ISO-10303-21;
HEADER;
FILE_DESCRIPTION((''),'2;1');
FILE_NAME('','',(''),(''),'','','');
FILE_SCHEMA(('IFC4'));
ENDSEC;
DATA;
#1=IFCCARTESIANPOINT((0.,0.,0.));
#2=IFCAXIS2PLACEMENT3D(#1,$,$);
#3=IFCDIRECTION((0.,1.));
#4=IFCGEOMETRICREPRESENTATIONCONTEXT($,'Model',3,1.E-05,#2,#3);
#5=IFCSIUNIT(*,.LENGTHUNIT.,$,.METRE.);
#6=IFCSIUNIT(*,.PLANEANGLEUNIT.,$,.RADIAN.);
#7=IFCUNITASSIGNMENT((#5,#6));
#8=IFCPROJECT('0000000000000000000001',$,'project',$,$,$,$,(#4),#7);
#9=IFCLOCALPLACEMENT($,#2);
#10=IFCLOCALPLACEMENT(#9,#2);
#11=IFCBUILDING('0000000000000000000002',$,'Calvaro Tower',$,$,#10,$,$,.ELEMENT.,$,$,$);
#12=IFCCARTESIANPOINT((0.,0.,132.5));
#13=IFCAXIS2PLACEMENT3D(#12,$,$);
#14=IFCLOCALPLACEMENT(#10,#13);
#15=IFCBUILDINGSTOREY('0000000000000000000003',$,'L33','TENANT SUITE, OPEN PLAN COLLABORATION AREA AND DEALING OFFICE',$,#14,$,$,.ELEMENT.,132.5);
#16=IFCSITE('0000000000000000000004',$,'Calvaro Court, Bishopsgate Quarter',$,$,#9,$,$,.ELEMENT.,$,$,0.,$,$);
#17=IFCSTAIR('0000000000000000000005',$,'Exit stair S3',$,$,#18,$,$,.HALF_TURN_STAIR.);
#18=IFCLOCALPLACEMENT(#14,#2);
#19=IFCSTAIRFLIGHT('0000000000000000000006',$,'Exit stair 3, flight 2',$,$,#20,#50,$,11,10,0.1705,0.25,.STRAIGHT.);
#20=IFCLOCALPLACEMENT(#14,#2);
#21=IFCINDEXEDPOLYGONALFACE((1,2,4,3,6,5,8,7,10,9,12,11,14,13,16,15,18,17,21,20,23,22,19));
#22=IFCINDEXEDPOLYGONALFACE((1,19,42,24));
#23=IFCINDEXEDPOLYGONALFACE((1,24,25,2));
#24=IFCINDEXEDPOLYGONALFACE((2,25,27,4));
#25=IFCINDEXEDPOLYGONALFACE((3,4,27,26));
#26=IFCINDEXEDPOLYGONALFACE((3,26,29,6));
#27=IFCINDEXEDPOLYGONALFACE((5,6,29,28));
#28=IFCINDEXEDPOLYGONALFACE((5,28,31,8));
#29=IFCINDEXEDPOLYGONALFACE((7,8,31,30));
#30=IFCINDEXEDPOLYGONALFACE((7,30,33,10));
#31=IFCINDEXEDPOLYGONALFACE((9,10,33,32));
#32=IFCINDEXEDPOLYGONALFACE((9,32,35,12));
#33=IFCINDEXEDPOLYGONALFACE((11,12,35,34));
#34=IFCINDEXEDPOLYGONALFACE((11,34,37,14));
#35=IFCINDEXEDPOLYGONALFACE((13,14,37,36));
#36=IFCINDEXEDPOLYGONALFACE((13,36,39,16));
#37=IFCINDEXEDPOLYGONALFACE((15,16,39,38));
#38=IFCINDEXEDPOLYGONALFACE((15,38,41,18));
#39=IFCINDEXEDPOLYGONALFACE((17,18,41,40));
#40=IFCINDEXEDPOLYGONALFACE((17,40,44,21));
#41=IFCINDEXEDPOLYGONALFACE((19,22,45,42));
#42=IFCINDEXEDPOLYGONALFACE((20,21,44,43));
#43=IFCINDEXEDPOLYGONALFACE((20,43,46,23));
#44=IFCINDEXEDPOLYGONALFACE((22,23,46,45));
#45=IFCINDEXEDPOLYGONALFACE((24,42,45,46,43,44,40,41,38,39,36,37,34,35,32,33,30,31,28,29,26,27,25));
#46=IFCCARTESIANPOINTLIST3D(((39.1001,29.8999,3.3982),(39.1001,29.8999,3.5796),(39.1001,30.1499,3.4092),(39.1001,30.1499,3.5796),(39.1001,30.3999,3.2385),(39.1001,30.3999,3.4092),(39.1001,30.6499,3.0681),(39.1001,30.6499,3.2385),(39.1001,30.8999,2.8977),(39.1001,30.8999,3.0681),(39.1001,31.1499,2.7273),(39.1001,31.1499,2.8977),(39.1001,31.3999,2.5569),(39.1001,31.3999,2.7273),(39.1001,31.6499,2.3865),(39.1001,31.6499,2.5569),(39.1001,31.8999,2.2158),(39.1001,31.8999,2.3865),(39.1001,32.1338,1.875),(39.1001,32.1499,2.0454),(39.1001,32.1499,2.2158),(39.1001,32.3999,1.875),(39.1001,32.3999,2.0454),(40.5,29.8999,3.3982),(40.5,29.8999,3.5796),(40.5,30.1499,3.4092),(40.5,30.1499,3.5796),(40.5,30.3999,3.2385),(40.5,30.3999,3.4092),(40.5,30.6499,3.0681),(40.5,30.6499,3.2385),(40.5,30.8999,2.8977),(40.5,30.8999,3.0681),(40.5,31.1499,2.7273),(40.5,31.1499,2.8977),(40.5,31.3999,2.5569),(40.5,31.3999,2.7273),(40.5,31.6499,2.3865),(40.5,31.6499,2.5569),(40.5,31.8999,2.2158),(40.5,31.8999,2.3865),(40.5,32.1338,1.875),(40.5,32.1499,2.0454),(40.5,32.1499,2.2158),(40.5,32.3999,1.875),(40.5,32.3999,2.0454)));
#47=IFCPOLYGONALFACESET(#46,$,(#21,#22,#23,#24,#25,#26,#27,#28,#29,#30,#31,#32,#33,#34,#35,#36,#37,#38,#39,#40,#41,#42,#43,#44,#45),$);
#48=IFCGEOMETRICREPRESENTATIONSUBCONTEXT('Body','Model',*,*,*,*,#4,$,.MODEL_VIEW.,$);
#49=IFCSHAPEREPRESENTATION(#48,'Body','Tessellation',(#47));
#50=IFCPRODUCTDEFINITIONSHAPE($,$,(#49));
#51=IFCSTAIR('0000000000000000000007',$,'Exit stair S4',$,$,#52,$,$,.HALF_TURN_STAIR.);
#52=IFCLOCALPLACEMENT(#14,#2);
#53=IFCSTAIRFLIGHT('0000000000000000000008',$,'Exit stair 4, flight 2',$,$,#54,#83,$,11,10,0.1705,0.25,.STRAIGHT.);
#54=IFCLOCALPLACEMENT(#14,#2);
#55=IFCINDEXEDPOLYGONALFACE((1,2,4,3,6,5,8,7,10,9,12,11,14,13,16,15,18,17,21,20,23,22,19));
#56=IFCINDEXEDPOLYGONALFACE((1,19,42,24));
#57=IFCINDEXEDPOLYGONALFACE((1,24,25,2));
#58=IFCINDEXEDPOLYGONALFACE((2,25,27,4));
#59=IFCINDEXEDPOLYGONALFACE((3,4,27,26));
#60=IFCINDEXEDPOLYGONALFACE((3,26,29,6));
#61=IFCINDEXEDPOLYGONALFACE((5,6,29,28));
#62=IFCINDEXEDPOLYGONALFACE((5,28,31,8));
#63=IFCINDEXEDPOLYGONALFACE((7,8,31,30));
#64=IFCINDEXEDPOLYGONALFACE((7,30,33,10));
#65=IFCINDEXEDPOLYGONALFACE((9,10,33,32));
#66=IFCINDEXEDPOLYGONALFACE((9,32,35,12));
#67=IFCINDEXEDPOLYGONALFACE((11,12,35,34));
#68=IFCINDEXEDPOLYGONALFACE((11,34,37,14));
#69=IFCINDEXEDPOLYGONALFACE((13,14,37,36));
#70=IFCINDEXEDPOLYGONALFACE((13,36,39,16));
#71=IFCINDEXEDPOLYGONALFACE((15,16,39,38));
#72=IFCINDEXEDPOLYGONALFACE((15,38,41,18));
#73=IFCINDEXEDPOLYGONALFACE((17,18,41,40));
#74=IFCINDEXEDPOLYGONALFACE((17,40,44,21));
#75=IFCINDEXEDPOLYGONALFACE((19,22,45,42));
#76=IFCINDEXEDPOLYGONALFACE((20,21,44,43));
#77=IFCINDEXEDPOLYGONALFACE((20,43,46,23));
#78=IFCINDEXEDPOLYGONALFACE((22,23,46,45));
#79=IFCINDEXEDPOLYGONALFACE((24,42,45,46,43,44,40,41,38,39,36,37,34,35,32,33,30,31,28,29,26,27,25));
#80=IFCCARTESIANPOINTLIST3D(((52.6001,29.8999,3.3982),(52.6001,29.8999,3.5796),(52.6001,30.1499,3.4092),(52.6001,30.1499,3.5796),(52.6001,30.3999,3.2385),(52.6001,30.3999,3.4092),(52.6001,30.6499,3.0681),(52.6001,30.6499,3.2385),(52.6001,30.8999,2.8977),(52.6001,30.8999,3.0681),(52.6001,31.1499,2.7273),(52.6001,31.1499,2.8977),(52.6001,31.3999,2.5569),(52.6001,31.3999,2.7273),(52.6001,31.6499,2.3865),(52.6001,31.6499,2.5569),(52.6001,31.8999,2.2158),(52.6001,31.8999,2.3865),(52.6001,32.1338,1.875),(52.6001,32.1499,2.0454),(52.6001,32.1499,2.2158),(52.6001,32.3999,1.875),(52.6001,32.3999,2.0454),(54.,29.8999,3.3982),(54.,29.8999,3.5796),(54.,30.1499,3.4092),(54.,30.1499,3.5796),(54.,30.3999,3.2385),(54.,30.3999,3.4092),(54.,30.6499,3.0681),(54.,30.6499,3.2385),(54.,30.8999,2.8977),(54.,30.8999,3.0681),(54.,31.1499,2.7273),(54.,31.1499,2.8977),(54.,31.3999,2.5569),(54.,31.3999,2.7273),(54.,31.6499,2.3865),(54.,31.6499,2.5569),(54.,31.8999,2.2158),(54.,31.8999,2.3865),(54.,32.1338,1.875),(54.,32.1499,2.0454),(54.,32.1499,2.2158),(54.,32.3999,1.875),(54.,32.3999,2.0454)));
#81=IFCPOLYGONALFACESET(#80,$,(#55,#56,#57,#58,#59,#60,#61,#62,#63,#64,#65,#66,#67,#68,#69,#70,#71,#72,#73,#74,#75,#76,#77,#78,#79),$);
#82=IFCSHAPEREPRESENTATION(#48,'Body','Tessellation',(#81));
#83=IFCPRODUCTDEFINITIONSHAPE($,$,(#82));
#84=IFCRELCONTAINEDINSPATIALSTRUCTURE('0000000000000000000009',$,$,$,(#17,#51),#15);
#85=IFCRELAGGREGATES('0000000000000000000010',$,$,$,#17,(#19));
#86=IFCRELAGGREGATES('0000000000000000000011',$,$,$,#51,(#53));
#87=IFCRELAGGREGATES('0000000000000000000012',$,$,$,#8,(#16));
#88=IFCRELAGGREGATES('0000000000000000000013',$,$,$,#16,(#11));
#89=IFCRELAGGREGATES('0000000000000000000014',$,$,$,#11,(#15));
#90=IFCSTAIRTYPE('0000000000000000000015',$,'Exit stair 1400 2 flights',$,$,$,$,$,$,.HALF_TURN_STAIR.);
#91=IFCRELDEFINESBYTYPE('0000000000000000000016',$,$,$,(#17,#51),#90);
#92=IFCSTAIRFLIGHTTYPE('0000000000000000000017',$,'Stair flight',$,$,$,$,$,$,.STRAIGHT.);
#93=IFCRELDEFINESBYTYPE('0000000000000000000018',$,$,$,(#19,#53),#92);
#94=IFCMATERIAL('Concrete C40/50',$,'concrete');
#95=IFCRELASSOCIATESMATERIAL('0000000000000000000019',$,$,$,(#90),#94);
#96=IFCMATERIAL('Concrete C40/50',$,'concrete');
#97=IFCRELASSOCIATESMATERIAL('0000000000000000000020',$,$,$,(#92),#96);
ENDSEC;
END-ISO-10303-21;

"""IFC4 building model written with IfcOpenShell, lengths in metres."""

from ifc_helpers import new_model, si_unit, direction, frame, origin, place, context, subcontext, project, spatial, polyline, outline, extrude, material, type_object, element, aggregate, save


model = new_model("IFC4")

# Units and contexts
model_context = context("Model", 3, precision=1e-05, world=origin(), true_north=direction((0.0, 1.0)))
body_context = subcontext(model_context, "Body", "Model", "MODEL_VIEW")
ifc_project = project(units=[si_unit("LENGTHUNIT", "METRE"), si_unit("PLANEANGLEUNIT", "RADIAN")], contexts=[model_context])

# Site, building, storey
site_placement = place(None, origin())
site = spatial("IfcSite", under=ifc_project, at=site_placement, Name="Calvaro Court, Bishopsgate Quarter", CompositionType="ELEMENT", RefElevation=0.0)
building_placement = place(site_placement, origin())
building = spatial("IfcBuilding", under=site, at=building_placement, Name="Calvaro Tower", CompositionType="ELEMENT")
storey_placement = place(building_placement, frame((0.0, 0.0, 132.5)))
storey = spatial("IfcBuildingStorey", under=building, at=storey_placement, Name="L33", Description="TENANT SUITE, OPEN PLAN COLLABORATION AREA AND DEALING OFFICE", CompositionType="ELEMENT", Elevation=132.5)

# Stairs, stair flights
ifc_material_1 = material(Name="Concrete C40/50", Category="concrete")
stair_type = type_object("IfcStairType", Name="Exit stair 1400 2 flights", PredefinedType="HALF_TURN_STAIR", material=ifc_material_1)
stair_1_placement = place(storey_placement, origin())
stair_1 = element("IfcStair", 1, at=stair_1_placement, inside=storey, type_object=stair_type, Name="Exit stair S3", PredefinedType="HALF_TURN_STAIR")
ifc_material_2 = material(Name="Concrete C40/50", Category="concrete")
stair_flight_type = type_object("IfcStairFlightType", Name="Stair flight", PredefinedType="STRAIGHT", material=ifc_material_2)
stair_flight_1_placement = place(storey_placement, frame((39.8, 32.3999, 1.875), z_axis=(0.0, 0.0, 1.0), x_axis=(0.0, -1.0, 0.0)))
stair_flight_1 = element("IfcStairFlight", 2, at=stair_flight_1_placement, type_object=stair_flight_type, Name="Exit stair 3, flight 2", NumberOfRisers=11, NumberOfTreads=10, PredefinedType="STRAIGHT", RiserHeight=0.1705, TreadLength=0.25, context=body_context, shape_type="SweptSolid", body=[
    extrude(outline(polyline([(0.0, 0.0), (0.0, 0.1704), (0.25, 0.1704), (0.25, 0.3408), (0.5, 0.3408), (0.5, 0.5115), (0.75, 0.5115), (0.75, 0.6819), (1.0, 0.6819), (1.0, 0.8523), (1.25, 0.8523), (1.25, 1.0227), (1.5, 1.0227), (1.5, 1.1931), (1.75, 1.1931), (1.75, 1.3635), (2.0, 1.3635), (2.0, 1.5342), (2.25, 1.5342), (2.25, 1.7046), (2.5, 1.7046), (2.5, 1.875), (2.5, 1.5232), (0.2661, 0.0), (0.0, 0.0)])), frame((0.0, 0.7, 0.0), z_axis=(0.0, -1.0, 0.0), x_axis=(1.0, 0.0, 0.0)), (0.0, 0.0, 1.0), 1.3999),
])
stair_2_placement = place(storey_placement, origin())
stair_2 = element("IfcStair", 3, at=stair_2_placement, inside=storey, type_object=stair_type, Name="Exit stair S4", PredefinedType="HALF_TURN_STAIR")
stair_flight_2_placement = place(storey_placement, frame((53.3, 32.3999, 1.875), z_axis=(0.0, 0.0, 1.0), x_axis=(0.0, -1.0, 0.0)))
stair_flight_2 = element("IfcStairFlight", 4, at=stair_flight_2_placement, type_object=stair_flight_type, Name="Exit stair 4, flight 2", NumberOfRisers=11, NumberOfTreads=10, PredefinedType="STRAIGHT", RiserHeight=0.1705, TreadLength=0.25, context=body_context, shape_type="SweptSolid", body=[
    extrude(outline(polyline([(0.0, 0.0), (0.0, 0.1704), (0.25, 0.1704), (0.25, 0.3408), (0.5, 0.3408), (0.5, 0.5115), (0.75, 0.5115), (0.75, 0.6819), (1.0, 0.6819), (1.0, 0.8523), (1.25, 0.8523), (1.25, 1.0227), (1.5, 1.0227), (1.5, 1.1931), (1.75, 1.1931), (1.75, 1.3635), (2.0, 1.3635), (2.0, 1.5342), (2.25, 1.5342), (2.25, 1.7046), (2.5, 1.7046), (2.5, 1.875), (2.5, 1.5232), (0.2661, 0.0), (0.0, 0.0)])), frame((0.0, 0.7, 0.0), z_axis=(0.0, -1.0, 0.0), x_axis=(1.0, 0.0, 0.0)), (0.0, 0.0, 1.0), 1.3999),
])

aggregate(stair_1, [stair_flight_1])
aggregate(stair_2, [stair_flight_2])

save(model, "model.ifc")
